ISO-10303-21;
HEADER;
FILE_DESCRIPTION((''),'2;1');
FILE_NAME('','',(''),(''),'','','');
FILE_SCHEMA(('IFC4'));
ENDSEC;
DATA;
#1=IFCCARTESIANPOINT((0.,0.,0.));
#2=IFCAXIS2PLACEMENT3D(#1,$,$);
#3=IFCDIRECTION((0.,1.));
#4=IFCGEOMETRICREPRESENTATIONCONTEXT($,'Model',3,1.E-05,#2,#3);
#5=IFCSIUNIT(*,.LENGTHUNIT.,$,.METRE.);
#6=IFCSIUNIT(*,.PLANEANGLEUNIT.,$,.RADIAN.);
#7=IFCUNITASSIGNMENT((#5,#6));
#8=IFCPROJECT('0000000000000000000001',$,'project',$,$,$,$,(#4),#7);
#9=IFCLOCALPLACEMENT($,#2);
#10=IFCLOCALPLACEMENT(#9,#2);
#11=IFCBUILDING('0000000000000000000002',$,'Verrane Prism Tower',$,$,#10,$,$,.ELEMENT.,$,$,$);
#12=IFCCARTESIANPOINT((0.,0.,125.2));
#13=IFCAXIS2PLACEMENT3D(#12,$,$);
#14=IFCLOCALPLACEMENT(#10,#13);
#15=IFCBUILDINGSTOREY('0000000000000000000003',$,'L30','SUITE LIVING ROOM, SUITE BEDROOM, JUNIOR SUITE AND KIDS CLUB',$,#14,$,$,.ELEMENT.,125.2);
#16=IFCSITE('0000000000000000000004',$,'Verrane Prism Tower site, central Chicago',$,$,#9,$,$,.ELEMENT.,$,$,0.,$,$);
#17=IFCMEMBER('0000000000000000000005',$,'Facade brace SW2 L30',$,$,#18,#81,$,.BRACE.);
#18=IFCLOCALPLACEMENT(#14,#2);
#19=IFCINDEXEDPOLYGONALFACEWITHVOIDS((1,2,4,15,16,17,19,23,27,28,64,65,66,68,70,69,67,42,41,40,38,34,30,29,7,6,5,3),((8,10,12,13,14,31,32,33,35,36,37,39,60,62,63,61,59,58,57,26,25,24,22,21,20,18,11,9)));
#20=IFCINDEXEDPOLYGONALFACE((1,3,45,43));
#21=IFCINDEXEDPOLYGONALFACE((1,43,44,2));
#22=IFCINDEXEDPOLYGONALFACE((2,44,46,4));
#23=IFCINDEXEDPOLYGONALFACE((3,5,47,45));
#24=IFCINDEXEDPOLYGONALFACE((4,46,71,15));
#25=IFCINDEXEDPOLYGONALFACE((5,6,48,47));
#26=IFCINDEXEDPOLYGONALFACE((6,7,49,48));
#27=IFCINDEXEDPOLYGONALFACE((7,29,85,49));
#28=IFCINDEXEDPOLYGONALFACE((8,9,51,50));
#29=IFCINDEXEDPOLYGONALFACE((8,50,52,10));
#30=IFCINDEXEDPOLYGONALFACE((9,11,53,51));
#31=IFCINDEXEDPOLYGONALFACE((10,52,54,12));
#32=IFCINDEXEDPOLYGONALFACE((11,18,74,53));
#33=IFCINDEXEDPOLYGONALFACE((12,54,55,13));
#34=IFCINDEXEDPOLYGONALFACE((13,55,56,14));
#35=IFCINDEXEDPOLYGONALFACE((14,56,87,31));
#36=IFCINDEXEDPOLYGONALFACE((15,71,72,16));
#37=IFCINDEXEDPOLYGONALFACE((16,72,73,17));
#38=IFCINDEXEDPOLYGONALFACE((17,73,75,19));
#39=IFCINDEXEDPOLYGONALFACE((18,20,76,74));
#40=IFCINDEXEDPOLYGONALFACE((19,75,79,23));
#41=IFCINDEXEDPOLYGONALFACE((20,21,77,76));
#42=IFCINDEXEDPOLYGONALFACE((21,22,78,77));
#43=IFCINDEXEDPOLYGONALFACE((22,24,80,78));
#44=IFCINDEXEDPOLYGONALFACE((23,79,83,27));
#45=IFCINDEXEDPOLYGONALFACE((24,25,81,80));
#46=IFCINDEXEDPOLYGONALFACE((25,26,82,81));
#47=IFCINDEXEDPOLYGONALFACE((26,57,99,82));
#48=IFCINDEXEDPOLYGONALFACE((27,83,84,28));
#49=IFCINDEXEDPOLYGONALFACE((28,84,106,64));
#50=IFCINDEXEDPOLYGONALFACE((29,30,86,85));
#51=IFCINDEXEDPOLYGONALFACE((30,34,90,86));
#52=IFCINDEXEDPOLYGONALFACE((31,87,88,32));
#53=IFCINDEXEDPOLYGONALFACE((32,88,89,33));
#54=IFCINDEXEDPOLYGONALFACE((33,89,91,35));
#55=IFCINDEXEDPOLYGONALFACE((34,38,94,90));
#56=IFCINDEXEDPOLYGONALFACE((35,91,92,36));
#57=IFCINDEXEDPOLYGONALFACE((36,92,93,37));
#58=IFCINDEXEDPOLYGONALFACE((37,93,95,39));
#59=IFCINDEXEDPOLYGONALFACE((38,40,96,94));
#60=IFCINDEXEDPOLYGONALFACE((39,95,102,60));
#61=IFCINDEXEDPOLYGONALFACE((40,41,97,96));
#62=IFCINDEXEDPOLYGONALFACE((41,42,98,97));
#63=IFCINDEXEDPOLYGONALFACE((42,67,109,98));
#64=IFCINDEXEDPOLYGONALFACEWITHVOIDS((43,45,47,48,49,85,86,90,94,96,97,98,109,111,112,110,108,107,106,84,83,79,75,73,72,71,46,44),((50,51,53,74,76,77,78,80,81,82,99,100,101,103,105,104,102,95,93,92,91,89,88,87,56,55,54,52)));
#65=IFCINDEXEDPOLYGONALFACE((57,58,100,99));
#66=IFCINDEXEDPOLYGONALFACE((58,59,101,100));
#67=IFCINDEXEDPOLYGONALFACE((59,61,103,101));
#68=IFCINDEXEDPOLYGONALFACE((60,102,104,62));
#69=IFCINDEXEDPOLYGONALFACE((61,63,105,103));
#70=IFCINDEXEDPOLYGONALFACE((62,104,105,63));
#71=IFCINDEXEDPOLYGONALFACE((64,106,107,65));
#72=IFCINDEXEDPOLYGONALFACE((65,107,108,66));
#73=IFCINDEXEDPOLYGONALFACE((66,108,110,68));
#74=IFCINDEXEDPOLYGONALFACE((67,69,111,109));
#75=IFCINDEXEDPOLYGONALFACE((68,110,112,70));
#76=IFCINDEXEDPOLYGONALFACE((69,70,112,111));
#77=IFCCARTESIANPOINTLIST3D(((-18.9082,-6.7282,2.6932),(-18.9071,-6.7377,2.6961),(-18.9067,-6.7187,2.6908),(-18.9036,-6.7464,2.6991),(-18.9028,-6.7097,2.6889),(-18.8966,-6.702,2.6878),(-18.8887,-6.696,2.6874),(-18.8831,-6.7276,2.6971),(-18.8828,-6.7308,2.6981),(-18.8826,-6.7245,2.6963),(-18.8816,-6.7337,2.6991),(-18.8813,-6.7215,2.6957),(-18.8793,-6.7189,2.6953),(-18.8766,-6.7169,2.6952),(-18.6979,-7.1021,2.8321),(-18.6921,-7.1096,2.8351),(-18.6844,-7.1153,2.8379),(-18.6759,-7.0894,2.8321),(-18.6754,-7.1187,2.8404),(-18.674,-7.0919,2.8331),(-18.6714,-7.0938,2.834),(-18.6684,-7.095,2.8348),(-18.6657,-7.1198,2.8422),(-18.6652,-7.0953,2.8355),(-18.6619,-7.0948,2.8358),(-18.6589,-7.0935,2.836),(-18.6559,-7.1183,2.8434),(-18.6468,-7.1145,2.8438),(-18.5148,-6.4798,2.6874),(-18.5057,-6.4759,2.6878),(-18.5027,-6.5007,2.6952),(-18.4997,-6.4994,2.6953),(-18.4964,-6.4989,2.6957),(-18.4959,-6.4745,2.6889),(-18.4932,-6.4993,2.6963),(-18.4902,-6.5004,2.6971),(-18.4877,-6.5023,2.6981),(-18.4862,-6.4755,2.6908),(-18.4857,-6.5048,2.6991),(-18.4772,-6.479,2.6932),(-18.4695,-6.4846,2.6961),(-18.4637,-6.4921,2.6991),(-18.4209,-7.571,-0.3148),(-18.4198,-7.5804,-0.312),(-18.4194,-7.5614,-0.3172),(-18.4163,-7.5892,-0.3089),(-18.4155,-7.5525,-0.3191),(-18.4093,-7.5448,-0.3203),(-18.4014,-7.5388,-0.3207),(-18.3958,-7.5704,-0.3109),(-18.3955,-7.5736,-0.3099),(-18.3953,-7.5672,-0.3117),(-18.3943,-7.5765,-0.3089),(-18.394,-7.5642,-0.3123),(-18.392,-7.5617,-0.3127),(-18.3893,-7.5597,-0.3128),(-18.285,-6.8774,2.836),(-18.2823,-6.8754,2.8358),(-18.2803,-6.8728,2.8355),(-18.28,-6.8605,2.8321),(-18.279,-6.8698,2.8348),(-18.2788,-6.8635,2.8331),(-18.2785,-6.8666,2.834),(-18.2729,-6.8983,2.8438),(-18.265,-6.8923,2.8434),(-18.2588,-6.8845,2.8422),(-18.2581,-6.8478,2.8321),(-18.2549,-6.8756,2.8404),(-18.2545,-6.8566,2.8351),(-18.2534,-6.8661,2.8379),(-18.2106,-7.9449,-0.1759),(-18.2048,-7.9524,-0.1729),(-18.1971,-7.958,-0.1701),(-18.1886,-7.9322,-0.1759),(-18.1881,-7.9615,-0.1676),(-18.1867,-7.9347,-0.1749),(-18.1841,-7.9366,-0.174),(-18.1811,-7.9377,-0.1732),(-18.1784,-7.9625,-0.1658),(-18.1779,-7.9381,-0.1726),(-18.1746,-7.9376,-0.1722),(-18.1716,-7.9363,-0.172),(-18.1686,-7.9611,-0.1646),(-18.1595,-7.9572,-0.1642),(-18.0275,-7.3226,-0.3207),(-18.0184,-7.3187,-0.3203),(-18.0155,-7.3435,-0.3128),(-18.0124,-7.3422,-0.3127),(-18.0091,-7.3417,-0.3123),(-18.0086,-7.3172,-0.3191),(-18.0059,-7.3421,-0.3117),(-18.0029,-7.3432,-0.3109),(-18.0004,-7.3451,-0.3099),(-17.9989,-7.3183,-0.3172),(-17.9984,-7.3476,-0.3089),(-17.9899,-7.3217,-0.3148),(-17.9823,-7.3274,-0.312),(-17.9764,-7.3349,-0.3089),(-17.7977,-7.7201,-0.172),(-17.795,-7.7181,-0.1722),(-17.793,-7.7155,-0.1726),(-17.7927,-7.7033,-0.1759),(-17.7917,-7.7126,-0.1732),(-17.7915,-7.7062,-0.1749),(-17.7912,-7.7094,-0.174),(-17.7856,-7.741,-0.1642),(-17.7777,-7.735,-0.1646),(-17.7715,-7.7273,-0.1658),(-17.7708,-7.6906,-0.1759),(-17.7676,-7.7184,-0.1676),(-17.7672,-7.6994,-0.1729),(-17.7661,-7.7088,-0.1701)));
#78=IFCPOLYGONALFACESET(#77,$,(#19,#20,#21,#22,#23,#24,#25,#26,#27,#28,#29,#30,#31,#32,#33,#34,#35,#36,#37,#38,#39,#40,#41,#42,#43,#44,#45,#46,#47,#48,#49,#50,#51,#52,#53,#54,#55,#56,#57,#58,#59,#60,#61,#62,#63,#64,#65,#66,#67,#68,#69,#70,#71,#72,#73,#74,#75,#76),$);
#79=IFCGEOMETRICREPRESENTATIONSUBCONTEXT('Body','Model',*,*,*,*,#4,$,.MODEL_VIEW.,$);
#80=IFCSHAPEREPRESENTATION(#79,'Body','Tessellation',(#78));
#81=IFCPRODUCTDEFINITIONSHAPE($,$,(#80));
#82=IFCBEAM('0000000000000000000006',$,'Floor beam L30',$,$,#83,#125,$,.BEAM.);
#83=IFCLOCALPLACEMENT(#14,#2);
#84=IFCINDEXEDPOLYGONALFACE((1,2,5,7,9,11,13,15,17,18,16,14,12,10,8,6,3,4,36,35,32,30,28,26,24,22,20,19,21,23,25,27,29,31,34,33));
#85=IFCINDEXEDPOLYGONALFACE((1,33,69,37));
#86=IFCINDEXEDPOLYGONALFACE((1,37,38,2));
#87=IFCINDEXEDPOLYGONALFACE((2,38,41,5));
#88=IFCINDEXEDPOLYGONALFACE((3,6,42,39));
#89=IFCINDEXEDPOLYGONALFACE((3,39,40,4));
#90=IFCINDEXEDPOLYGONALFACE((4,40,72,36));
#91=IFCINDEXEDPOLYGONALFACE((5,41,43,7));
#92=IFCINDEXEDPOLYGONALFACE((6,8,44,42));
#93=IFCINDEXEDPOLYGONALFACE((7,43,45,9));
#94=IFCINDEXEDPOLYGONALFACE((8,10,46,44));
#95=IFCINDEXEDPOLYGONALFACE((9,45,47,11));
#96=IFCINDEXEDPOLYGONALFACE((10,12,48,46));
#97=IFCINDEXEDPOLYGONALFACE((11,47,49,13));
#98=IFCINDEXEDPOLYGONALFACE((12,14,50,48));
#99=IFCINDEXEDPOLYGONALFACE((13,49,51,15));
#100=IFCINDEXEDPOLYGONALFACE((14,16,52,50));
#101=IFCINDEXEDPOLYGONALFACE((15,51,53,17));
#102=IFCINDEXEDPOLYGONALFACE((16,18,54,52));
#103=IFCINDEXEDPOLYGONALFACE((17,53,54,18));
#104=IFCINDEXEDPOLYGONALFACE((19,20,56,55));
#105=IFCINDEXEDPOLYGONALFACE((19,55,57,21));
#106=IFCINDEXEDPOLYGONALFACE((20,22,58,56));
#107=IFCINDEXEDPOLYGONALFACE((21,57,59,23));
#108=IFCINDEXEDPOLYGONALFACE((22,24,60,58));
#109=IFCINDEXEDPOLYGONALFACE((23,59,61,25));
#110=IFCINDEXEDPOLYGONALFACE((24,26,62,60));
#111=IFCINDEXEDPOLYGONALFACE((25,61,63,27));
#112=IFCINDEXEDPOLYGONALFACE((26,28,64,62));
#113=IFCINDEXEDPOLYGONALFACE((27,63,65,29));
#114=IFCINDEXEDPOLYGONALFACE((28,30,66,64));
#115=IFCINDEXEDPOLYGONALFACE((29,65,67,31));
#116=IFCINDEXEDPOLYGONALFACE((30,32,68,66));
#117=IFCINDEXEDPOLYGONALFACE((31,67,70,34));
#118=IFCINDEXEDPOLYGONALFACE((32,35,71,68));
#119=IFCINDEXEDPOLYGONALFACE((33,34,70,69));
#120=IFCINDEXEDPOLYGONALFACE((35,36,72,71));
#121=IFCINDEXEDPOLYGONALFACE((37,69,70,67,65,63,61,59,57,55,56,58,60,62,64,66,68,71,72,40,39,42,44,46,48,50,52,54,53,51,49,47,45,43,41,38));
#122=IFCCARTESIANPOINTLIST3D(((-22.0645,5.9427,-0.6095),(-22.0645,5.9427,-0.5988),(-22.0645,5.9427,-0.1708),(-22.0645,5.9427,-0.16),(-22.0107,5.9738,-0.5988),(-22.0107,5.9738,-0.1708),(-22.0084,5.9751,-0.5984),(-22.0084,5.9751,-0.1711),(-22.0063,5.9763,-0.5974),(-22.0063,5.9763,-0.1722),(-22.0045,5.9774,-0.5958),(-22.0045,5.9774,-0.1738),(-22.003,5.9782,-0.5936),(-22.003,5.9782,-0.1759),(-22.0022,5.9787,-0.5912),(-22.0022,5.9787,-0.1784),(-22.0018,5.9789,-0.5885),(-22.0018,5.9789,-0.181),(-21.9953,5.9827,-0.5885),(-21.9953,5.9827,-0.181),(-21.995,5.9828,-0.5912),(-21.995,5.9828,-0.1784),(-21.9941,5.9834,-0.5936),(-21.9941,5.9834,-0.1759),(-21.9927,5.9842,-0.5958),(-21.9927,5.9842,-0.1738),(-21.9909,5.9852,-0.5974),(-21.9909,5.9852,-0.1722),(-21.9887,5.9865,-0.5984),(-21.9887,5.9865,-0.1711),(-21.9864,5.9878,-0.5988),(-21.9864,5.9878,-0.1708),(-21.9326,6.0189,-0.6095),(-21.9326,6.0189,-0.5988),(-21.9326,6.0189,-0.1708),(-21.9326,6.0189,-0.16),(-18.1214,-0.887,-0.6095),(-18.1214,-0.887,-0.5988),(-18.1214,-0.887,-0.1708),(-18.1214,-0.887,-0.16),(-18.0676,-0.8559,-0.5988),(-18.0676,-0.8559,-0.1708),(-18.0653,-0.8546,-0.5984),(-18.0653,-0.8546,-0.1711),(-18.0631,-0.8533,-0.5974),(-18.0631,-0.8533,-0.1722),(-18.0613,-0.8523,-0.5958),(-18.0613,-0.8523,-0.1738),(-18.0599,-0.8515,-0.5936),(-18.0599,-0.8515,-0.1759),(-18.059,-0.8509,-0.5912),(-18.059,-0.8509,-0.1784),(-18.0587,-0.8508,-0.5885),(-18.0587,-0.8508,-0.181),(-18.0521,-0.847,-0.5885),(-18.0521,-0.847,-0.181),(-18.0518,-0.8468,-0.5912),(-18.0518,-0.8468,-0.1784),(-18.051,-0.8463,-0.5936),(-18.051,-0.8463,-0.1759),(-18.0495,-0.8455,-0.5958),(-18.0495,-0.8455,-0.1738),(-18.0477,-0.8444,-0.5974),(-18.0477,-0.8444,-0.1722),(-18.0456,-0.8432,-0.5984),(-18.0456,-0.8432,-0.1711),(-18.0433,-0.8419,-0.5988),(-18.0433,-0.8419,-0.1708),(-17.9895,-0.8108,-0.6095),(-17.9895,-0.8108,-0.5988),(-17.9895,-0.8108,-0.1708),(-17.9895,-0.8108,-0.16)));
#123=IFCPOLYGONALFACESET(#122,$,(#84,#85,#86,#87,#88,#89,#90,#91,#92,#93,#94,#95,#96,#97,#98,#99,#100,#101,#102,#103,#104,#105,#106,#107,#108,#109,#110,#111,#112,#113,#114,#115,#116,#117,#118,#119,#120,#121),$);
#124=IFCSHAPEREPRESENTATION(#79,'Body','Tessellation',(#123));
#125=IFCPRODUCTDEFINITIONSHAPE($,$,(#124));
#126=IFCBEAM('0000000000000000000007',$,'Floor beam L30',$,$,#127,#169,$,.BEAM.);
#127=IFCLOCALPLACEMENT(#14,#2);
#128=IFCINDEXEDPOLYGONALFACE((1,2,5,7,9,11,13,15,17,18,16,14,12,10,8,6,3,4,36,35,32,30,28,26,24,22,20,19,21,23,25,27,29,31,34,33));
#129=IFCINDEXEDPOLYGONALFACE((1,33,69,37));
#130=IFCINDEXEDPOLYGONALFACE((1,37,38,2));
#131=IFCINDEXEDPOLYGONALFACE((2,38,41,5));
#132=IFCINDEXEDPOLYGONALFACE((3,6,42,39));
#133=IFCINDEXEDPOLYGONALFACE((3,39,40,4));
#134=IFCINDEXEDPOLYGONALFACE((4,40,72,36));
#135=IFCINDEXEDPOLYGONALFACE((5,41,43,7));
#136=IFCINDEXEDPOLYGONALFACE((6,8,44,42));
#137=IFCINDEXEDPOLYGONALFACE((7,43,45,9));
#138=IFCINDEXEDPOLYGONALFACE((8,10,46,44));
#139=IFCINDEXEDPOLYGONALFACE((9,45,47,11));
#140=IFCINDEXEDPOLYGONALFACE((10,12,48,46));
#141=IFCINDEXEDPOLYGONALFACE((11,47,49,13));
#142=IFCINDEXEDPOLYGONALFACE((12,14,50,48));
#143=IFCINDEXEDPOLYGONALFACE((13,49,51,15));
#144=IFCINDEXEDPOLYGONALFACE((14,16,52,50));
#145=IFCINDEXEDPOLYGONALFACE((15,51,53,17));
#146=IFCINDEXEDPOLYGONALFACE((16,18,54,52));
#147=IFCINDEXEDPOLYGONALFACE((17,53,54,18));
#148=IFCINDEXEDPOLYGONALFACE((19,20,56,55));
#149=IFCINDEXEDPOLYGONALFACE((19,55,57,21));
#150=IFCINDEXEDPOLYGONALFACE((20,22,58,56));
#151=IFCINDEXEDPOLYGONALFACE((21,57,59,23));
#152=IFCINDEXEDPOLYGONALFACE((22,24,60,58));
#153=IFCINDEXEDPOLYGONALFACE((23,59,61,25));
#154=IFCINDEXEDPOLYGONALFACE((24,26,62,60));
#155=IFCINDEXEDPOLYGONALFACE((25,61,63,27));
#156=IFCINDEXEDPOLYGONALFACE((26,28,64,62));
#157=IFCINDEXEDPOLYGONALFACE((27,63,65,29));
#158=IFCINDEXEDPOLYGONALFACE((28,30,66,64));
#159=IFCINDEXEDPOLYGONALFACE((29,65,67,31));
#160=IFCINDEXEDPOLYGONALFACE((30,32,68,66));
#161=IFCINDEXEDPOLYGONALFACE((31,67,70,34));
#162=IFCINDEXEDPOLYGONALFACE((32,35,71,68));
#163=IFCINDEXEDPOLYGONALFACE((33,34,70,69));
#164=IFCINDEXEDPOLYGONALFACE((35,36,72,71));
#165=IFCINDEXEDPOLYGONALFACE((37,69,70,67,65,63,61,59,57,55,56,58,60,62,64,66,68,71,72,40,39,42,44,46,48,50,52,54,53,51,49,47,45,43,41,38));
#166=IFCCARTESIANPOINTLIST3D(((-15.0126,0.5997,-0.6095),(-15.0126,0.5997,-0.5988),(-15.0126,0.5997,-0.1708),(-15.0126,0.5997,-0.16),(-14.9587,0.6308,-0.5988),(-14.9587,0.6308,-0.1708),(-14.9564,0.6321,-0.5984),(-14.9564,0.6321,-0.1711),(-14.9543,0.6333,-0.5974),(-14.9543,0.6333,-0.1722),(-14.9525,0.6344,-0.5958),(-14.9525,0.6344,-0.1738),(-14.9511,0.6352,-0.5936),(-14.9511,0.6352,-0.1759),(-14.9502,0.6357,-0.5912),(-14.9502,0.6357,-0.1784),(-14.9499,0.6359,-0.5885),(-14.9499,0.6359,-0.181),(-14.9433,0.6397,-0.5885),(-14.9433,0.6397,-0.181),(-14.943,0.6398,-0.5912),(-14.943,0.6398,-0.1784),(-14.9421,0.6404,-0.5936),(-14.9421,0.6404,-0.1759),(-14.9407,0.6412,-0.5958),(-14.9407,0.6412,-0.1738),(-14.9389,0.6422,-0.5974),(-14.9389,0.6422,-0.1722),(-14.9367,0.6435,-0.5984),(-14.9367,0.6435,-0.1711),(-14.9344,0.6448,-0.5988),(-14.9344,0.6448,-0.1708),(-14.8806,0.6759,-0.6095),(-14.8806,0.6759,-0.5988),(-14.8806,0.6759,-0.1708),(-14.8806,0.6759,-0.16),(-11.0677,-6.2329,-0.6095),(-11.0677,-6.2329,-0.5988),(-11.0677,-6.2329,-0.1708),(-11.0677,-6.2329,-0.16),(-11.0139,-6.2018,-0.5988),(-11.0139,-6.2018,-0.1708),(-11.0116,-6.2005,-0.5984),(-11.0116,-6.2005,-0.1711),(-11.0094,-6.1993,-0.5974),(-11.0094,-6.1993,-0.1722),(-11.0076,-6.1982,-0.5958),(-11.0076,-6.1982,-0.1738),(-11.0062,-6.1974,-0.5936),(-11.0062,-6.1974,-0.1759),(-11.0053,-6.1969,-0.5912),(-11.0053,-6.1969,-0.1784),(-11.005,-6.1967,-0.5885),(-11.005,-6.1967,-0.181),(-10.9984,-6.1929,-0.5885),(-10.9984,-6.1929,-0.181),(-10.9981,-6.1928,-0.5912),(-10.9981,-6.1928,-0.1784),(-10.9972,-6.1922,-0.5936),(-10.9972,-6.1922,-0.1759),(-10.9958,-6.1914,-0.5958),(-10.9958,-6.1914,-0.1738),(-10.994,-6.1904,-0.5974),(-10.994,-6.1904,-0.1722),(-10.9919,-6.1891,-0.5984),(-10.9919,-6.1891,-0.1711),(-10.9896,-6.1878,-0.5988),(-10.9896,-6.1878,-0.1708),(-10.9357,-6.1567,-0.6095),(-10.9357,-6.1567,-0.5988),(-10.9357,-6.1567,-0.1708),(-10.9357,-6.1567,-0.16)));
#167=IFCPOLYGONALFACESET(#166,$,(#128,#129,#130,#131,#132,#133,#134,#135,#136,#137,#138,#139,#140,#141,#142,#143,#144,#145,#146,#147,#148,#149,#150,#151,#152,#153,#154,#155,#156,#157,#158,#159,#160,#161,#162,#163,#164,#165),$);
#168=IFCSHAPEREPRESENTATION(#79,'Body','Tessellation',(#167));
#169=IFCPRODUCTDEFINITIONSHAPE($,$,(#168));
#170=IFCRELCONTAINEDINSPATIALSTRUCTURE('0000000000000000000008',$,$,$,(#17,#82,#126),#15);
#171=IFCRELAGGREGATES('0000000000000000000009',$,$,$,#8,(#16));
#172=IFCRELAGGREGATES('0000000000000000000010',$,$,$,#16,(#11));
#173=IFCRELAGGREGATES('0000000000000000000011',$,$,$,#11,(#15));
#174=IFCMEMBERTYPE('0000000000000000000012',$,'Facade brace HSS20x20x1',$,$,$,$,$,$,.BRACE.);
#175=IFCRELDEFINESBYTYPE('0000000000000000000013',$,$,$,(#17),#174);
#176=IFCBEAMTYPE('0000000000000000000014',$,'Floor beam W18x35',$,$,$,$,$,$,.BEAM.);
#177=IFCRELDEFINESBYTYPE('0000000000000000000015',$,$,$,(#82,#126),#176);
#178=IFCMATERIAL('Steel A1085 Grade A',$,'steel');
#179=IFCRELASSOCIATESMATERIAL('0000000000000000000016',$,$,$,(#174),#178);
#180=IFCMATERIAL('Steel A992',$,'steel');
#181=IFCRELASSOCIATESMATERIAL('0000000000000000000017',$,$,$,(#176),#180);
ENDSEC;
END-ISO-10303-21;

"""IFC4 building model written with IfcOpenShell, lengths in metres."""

from ifc_helpers import new_model, si_unit, direction, frame, origin, origin_2d, place, context, subcontext, project, spatial, hollow_rectangle, i_section, extrude, material, material_profile, profile_set, type_object, element, save


model = new_model("IFC4")

# Units and contexts
model_context = context("Model", 3, precision=1e-05, world=origin(), true_north=direction((0.0, 1.0)))
body_context = subcontext(model_context, "Body", "Model", "MODEL_VIEW")
ifc_project = project(units=[si_unit("LENGTHUNIT", "METRE"), si_unit("PLANEANGLEUNIT", "RADIAN")], contexts=[model_context])

# Site, building, storey
site_placement = place(None, origin())
site = spatial("IfcSite", under=ifc_project, at=site_placement, Name="Verrane Prism Tower site, central Chicago", CompositionType="ELEMENT", RefElevation=0.0)
building_placement = place(site_placement, origin())
building = spatial("IfcBuilding", under=site, at=building_placement, Name="Verrane Prism Tower", CompositionType="ELEMENT")
storey_placement = place(building_placement, frame((0.0, 0.0, 125.2)))
storey = spatial("IfcBuildingStorey", under=building, at=storey_placement, Name="L30", Description="SUITE LIVING ROOM, SUITE BEDROOM, JUNIOR SUITE AND KIDS CLUB", CompositionType="ELEMENT", Elevation=125.2)

# Member
ifc_material_1 = material(Name="Steel A1085 Grade A", Category="steel")
ifc_material_profile_1 = material_profile(ifc_material_1, hollow_rectangle(XDim=0.5081, YDim=0.5081, WallThickness=0.0254, InnerFilletRadius=0.0127, OuterFilletRadius=0.0381, at=origin_2d()), Name="HSS20x20x1")
ifc_profile_set_1 = profile_set([ifc_material_profile_1], Name="Steel A1085 Grade A")
member_type_1 = type_object("IfcMemberType", Name="Facade brace HSS20x20x1", PredefinedType="BRACE", material=ifc_profile_set_1)
member_1_placement = place(storey_placement, frame((-18.0935, -7.6399, -0.2424), z_axis=(-0.154129, 0.26656, 0.951415), x_axis=(-0.865701, -0.500562, 0.0)))
element("IfcMember", 1, at=member_1_placement, inside=storey, type_object=member_type_1, Name="Facade brace SW2 L30", PredefinedType="BRACE", context=body_context, shape_type="SweptSolid", body=[
    extrude(hollow_rectangle(XDim=0.5081, YDim=0.5081, WallThickness=0.0254, InnerFilletRadius=0.0127, OuterFilletRadius=0.0381, at=origin_2d()), origin(), (0.0, 0.0, 1.0), 3.1616),
])

# Beams
ifc_material_2 = material(Name="Steel A992", Category="steel")
ifc_material_profile_2 = material_profile(ifc_material_2, i_section(OverallWidth=0.1523, OverallDepth=0.4495, WebThickness=0.0076, FlangeThickness=0.0107, FilletRadius=0.0103, at=origin_2d()), Name="W18x35")
ifc_profile_set_2 = profile_set([ifc_material_profile_2], Name="Steel A992")
beam_type_1 = type_object("IfcBeamType", Name="Floor beam W18x35", PredefinedType="BEAM", material=ifc_profile_set_2)
beam_1_placement = place(storey_placement, frame((-18.0554, -0.8489, -0.3848), z_axis=(-0.500005, 0.866023, 0.0), x_axis=(-0.866023, -0.500005, 0.0)))
element("IfcBeam", 2, at=beam_1_placement, inside=storey, type_object=beam_type_1, Name="Floor beam L30", PredefinedType="BEAM", context=body_context, shape_type="SweptSolid", body=[
    extrude(i_section(OverallWidth=0.1523, OverallDepth=0.4495, WebThickness=0.0076, FlangeThickness=0.0107, FilletRadius=0.0103, at=origin_2d()), origin(), (0.0, 0.0, 1.0), 7.8862),
])
beam_2_placement = place(storey_placement, frame((-11.0017, -6.1948, -0.3848), z_axis=(-0.500006, 0.866022, 0.0), x_axis=(-0.866022, -0.500006, 0.0)))
element("IfcBeam", 3, at=beam_2_placement, inside=storey, type_object=beam_type_1, Name="Floor beam L30", PredefinedType="BEAM", context=body_context, shape_type="SweptSolid", body=[
    extrude(i_section(OverallWidth=0.1523, OverallDepth=0.4495, WebThickness=0.0076, FlangeThickness=0.0107, FilletRadius=0.0103, at=origin_2d()), origin(), (0.0, 0.0, 1.0), 7.8896),
])

save(model, "model.ifc")
